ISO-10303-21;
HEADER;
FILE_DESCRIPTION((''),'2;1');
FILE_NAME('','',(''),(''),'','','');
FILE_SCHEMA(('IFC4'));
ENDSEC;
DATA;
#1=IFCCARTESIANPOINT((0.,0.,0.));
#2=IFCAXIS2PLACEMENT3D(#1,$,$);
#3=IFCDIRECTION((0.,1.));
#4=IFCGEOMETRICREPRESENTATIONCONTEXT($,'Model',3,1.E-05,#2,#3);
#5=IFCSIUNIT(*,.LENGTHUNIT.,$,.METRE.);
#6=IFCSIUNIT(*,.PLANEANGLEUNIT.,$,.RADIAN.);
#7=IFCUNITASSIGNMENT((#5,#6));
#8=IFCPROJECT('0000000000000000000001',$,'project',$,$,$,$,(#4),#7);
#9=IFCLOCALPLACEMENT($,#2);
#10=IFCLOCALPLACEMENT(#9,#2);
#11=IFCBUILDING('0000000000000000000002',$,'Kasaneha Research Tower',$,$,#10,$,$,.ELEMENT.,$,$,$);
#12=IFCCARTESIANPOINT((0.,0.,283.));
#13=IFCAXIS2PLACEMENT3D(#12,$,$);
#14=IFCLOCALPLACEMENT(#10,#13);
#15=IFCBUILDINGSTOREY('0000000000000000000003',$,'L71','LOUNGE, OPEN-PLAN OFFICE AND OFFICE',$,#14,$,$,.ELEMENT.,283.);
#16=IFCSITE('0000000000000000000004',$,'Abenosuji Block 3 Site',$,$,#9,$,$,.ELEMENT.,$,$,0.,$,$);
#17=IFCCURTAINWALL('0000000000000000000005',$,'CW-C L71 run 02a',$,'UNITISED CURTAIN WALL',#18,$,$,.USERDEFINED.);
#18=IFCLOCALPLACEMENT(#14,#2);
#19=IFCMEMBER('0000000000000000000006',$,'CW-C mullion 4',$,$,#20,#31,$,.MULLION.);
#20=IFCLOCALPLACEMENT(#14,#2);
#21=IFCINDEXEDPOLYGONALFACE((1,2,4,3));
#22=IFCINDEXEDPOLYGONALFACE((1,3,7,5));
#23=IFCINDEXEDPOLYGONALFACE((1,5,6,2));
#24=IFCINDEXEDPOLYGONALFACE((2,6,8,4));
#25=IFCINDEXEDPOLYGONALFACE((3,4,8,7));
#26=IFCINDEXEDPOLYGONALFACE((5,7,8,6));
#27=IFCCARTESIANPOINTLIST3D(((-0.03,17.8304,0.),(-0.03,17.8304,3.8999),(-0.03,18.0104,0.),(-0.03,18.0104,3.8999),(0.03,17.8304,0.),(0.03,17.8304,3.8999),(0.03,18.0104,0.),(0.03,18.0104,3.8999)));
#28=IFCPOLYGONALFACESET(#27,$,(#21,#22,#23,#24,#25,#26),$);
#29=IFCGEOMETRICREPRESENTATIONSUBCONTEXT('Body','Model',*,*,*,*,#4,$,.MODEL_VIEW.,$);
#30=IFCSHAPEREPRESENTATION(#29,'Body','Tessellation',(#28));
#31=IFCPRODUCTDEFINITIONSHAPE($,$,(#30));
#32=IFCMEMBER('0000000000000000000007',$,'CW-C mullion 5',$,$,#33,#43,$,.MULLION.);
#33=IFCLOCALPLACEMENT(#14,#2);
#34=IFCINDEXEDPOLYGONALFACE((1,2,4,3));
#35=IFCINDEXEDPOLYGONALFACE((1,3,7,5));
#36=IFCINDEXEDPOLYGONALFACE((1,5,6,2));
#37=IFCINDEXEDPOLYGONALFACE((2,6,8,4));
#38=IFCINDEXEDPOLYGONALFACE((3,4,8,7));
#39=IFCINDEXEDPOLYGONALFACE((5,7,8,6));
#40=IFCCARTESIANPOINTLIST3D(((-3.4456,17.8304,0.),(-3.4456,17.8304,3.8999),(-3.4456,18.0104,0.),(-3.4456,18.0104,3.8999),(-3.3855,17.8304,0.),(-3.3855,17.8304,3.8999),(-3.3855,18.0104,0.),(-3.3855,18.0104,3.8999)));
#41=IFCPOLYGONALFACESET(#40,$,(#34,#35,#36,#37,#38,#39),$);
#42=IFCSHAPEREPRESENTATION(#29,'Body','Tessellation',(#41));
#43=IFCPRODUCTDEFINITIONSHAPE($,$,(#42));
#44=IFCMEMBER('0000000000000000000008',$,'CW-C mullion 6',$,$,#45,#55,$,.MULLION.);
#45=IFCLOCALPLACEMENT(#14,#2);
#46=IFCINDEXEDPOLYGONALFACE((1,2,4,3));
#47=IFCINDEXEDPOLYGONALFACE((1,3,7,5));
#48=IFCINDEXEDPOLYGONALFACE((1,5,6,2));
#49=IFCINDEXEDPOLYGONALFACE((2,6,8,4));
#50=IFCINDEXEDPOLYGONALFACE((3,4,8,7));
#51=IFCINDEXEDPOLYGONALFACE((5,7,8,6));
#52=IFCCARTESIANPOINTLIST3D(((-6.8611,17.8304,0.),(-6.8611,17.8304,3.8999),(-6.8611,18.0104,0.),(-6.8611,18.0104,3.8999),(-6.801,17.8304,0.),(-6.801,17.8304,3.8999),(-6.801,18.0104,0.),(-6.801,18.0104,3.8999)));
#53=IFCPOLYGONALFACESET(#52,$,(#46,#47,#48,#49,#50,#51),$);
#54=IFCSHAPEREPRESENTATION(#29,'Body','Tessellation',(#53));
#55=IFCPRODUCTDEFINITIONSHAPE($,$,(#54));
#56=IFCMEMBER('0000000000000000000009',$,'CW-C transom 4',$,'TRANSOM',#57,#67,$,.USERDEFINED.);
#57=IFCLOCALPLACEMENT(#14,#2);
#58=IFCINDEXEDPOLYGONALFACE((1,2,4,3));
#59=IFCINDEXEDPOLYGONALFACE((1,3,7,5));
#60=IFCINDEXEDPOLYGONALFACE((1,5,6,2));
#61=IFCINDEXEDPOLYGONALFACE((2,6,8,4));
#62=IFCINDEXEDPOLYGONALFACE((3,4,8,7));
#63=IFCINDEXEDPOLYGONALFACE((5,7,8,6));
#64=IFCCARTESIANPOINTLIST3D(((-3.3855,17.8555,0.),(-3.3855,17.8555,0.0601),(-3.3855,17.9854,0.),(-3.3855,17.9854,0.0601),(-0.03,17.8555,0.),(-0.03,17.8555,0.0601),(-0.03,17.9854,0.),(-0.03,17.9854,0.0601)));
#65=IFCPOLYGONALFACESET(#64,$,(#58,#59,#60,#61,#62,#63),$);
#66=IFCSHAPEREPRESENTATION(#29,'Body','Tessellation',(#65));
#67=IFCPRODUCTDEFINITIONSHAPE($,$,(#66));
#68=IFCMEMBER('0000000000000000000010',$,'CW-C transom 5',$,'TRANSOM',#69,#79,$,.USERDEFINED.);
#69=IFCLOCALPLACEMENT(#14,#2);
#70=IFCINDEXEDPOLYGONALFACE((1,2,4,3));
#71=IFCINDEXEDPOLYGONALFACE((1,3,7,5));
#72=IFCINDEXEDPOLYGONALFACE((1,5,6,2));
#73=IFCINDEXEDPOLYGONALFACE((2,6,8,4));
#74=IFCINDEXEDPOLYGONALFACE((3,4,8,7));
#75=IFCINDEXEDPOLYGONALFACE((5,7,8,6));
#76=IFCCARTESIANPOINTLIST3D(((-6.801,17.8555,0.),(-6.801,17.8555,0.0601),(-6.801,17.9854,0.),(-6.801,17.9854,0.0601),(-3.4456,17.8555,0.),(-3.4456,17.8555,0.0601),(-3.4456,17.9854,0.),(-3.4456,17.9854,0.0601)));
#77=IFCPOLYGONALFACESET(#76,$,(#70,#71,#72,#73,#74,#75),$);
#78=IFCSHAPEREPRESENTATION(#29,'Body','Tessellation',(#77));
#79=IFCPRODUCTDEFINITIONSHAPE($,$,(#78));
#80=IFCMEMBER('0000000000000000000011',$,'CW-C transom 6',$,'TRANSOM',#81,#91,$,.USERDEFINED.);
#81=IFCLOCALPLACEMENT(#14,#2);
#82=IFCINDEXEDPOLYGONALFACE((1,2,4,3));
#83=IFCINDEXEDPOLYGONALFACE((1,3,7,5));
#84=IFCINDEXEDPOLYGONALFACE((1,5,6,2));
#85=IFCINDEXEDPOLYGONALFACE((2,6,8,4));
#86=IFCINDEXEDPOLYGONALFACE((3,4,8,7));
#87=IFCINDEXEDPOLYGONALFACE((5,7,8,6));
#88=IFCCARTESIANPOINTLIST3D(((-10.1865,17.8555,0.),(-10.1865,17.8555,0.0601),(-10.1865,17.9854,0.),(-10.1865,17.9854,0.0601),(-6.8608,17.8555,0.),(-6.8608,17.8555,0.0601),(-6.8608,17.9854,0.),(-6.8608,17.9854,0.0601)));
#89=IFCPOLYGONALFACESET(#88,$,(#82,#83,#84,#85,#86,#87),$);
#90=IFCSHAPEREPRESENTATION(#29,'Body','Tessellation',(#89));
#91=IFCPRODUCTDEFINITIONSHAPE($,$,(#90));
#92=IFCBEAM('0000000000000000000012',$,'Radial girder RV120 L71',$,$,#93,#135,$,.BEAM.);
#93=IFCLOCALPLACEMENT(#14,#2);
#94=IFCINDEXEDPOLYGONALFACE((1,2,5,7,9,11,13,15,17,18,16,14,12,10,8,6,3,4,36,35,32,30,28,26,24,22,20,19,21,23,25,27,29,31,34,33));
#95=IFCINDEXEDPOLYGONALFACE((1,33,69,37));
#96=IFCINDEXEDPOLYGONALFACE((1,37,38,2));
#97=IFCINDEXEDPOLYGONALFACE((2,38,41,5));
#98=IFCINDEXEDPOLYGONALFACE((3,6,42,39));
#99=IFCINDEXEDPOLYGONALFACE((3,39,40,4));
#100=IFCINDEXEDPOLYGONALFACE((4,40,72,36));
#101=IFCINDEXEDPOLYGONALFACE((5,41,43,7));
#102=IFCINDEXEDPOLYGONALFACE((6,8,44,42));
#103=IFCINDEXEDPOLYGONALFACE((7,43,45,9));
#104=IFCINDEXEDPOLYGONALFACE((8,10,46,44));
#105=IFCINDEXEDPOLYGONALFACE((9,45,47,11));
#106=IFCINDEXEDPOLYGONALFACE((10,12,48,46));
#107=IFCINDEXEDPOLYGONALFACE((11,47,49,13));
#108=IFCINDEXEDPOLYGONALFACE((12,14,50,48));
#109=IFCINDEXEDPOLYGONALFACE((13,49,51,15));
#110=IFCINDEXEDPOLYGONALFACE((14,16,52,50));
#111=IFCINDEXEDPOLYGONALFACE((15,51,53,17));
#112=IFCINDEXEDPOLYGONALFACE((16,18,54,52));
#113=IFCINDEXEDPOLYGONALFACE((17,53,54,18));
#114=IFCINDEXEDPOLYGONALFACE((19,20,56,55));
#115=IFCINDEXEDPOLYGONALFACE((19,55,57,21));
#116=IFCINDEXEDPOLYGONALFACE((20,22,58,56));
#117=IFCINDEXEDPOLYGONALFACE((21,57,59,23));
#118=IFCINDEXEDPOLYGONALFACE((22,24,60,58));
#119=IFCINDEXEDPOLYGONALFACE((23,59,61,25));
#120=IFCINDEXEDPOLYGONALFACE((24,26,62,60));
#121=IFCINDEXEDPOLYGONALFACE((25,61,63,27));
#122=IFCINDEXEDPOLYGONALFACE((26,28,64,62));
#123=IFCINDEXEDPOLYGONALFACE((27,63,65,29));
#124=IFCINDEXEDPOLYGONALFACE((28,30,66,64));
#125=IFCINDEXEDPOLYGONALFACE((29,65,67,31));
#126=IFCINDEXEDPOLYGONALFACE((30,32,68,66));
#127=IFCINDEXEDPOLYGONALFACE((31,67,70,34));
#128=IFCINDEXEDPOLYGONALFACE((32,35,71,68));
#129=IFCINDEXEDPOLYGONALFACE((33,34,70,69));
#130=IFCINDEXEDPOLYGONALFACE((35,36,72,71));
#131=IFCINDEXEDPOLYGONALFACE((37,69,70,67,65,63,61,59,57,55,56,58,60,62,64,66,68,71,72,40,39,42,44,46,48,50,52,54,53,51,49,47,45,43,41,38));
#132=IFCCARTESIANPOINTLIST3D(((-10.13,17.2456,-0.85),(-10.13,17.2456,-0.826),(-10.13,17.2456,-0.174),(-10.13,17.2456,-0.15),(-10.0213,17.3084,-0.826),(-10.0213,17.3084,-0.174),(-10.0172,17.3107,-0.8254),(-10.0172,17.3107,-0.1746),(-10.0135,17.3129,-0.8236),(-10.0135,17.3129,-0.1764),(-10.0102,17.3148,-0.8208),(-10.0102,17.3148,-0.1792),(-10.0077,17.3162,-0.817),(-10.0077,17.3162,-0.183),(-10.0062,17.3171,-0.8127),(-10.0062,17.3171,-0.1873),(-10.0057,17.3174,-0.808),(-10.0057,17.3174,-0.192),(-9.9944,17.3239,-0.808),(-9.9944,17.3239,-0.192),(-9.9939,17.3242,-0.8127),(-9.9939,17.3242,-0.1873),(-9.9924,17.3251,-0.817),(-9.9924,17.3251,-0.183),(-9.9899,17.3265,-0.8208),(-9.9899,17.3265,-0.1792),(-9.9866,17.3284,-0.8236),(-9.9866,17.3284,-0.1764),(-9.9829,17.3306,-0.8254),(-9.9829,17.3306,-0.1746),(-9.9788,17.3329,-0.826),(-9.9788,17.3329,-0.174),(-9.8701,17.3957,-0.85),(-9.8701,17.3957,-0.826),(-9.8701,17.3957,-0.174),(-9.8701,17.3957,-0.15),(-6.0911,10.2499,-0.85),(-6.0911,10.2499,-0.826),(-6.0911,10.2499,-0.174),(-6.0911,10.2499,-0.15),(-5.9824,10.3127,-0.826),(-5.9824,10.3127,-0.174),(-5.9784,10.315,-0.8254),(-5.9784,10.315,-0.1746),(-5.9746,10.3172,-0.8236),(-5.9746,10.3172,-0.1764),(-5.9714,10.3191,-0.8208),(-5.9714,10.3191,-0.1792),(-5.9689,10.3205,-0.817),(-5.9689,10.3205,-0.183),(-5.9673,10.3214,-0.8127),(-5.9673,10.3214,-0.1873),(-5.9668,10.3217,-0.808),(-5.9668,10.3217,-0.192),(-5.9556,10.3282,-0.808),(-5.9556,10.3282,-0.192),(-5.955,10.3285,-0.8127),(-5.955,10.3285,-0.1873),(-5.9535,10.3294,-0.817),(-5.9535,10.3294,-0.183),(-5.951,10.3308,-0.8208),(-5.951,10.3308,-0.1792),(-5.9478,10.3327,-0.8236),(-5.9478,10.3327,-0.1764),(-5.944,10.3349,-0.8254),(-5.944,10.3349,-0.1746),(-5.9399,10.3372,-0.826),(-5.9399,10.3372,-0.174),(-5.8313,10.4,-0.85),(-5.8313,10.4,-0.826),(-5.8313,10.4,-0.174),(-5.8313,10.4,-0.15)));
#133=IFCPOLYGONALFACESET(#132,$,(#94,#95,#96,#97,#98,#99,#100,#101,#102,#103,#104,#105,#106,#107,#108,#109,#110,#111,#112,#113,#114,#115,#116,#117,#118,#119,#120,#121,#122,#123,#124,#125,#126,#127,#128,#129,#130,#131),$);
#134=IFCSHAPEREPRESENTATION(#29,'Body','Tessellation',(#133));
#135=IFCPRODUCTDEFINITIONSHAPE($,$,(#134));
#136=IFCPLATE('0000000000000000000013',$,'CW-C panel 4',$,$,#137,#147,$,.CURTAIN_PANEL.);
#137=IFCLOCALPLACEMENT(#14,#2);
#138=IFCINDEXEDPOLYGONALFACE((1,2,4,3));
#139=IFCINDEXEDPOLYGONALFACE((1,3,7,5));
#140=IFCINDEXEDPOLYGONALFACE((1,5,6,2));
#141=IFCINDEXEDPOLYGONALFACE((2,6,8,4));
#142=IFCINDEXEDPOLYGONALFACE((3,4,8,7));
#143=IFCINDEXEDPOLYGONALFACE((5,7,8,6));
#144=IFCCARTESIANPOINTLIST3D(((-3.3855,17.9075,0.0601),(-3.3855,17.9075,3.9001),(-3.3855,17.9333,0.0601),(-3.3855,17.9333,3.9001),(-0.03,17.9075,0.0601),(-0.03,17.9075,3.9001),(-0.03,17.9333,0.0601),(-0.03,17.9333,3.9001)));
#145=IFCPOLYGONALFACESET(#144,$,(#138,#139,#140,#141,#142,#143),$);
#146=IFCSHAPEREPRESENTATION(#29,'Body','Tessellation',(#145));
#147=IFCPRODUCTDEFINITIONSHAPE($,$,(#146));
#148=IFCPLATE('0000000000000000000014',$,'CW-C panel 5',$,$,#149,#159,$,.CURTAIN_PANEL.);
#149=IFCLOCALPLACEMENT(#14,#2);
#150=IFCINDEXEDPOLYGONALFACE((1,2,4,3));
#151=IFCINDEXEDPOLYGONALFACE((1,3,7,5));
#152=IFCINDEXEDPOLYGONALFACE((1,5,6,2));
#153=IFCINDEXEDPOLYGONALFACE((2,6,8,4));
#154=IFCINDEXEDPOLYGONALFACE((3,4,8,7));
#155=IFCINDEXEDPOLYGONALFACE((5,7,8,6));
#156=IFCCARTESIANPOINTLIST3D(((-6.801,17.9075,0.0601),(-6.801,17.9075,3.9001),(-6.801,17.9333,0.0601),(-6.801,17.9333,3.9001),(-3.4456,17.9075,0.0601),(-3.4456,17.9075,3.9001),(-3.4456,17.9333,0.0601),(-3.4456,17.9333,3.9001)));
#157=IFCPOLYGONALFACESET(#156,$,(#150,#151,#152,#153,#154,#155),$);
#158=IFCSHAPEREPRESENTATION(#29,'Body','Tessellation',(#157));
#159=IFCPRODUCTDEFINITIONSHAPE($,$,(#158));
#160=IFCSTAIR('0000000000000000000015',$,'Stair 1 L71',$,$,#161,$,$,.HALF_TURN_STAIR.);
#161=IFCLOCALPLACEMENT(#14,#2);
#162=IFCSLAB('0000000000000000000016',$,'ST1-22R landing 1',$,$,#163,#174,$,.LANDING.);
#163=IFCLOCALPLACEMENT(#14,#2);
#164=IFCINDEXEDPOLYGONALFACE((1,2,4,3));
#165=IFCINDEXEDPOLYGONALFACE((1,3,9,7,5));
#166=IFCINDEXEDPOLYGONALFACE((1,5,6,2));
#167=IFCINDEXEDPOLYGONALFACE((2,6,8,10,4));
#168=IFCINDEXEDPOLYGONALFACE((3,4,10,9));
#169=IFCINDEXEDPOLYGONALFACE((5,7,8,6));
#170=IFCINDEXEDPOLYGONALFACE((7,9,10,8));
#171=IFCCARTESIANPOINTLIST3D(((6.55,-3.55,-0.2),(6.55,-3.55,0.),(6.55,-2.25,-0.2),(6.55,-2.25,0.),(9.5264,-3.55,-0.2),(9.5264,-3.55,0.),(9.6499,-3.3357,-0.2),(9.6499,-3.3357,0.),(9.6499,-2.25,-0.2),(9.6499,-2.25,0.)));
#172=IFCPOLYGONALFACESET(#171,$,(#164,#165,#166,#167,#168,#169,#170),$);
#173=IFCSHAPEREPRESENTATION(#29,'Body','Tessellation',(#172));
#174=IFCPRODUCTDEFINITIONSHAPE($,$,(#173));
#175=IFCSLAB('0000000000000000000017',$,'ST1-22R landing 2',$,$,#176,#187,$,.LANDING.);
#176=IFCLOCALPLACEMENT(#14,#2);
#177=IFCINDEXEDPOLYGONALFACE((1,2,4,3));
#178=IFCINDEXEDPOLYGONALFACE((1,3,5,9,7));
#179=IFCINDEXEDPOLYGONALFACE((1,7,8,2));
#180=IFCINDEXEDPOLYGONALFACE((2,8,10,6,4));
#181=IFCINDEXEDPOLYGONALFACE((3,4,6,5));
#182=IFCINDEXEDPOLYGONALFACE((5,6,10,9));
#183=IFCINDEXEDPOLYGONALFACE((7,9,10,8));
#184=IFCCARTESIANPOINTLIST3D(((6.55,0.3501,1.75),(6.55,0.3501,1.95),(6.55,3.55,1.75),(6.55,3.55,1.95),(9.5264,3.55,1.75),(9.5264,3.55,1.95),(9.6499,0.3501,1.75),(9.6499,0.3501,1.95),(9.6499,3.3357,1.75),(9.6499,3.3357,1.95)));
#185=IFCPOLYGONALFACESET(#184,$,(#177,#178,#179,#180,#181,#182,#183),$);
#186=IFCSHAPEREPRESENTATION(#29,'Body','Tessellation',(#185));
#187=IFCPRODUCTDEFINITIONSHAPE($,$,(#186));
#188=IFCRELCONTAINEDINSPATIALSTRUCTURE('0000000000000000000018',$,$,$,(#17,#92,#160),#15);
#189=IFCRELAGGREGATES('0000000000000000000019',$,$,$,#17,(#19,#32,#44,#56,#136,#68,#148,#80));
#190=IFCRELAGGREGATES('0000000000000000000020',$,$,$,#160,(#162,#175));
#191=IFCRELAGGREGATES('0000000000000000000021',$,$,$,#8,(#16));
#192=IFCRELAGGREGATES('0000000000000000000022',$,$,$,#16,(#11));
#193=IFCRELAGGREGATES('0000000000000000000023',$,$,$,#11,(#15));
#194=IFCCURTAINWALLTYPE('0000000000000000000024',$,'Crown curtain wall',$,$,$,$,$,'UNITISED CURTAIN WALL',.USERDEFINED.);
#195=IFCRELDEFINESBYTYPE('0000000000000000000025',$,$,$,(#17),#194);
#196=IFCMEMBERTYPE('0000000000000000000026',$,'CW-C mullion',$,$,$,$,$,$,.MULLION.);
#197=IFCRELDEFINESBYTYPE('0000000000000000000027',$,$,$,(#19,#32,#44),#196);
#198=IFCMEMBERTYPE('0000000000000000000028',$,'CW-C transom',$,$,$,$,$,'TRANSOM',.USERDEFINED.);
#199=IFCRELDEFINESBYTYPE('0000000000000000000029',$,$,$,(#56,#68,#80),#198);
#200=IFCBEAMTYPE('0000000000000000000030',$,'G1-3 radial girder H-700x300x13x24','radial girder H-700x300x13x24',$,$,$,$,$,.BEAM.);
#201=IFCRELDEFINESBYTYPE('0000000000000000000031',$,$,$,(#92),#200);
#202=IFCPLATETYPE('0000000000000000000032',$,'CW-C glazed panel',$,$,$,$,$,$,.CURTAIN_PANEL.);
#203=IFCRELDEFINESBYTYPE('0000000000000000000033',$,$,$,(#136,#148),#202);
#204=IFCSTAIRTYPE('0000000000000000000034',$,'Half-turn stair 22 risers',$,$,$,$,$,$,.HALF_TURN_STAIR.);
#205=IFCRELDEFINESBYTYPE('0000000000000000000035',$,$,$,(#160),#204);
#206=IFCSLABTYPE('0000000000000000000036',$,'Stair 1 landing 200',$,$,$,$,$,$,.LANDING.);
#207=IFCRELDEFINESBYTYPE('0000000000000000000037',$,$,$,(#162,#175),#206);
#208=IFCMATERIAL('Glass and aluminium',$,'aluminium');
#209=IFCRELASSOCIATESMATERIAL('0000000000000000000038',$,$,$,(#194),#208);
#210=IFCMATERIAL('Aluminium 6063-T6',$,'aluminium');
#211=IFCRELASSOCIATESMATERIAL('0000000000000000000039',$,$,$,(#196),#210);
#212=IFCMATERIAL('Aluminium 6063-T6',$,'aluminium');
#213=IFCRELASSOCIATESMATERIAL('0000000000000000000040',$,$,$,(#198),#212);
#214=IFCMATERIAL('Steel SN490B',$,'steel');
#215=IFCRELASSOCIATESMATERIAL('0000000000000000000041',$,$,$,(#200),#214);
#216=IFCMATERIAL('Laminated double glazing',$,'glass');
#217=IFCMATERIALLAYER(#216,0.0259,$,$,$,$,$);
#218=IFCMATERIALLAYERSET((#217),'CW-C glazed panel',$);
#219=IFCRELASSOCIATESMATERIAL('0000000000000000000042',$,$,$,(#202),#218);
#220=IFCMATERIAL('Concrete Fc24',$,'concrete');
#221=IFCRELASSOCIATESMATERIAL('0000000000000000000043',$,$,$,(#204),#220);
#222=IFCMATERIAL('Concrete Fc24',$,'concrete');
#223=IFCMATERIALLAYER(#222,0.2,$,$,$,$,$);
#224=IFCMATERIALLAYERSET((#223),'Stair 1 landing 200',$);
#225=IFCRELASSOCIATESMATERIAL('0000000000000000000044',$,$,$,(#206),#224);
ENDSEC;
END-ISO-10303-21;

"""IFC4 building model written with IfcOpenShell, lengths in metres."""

from ifc_helpers import new_model, si_unit, direction, frame, origin, origin_2d, place, context, subcontext, project, spatial, polyline, rectangle, i_section, outline, extrude, material, layer, layer_set, material_profile, profile_set, type_object, element, aggregate, save


model = new_model("IFC4")

# Units and contexts
model_context = context("Model", 3, precision=1e-05, world=origin(), true_north=direction((0.0, 1.0)))
body_context = subcontext(model_context, "Body", "Model", "MODEL_VIEW")
ifc_project = project(units=[si_unit("LENGTHUNIT", "METRE"), si_unit("PLANEANGLEUNIT", "RADIAN")], contexts=[model_context])

# Site, building, storey
site_placement = place(None, origin())
site = spatial("IfcSite", under=ifc_project, at=site_placement, Name="Abenosuji Block 3 Site", CompositionType="ELEMENT", RefElevation=0.0)
building_placement = place(site_placement, origin())
building = spatial("IfcBuilding", under=site, at=building_placement, Name="Kasaneha Research Tower", CompositionType="ELEMENT")
storey_placement = place(building_placement, frame((0.0, 0.0, 283.0)))
storey = spatial("IfcBuildingStorey", under=building, at=storey_placement, Name="L71", Description="LOUNGE, OPEN-PLAN OFFICE AND OFFICE", CompositionType="ELEMENT", Elevation=283.0)

# Curtain wall, members
ifc_material_1 = material(Name="Glass and aluminium", Category="aluminium")
curtain_wall_type = type_object("IfcCurtainWallType", Name="Crown curtain wall", ElementType="UNITISED CURTAIN WALL", PredefinedType="USERDEFINED", material=ifc_material_1)
curtain_wall_placement = place(storey_placement, origin())
curtain_wall = element("IfcCurtainWall", 1, at=curtain_wall_placement, inside=storey, type_object=curtain_wall_type, Name="CW-C L71 run 02a", ObjectType="UNITISED CURTAIN WALL", PredefinedType="USERDEFINED")
ifc_material_2 = material(Name="Aluminium 6063-T6", Category="aluminium")
ifc_material_profile_1 = material_profile(ifc_material_2, rectangle(XDim=0.0601, YDim=0.1799, at=origin_2d()), Name="CW-C mullion 60x180")
ifc_profile_set_1 = profile_set([ifc_material_profile_1], Name="Aluminium 6063-T6")
member_type_1 = type_object("IfcMemberType", Name="CW-C mullion", PredefinedType="MULLION", material=ifc_profile_set_1)
member_1_placement = place(storey_placement, frame((0.0, 17.9204, 0.0), z_axis=(0.0, 0.0, 1.0), x_axis=(-1.0, 0.0, 0.0)))
member_1 = element("IfcMember", 2, at=member_1_placement, type_object=member_type_1, Name="CW-C mullion 4", PredefinedType="MULLION", context=body_context, shape_type="SweptSolid", body=[
    extrude(rectangle(XDim=0.0601, YDim=0.1799, at=origin_2d()), origin(), (0.0, 0.0, 1.0), 3.8999),
])
member_2_placement = place(storey_placement, frame((-3.4155, 17.9204, 0.0), z_axis=(0.0, 0.0, 1.0), x_axis=(-1.0, 0.0, 0.0)))
member_2 = element("IfcMember", 3, at=member_2_placement, type_object=member_type_1, Name="CW-C mullion 5", PredefinedType="MULLION", context=body_context, shape_type="SweptSolid", body=[
    extrude(rectangle(XDim=0.0601, YDim=0.1799, at=origin_2d()), origin(), (0.0, 0.0, 1.0), 3.8999),
])
member_3_placement = place(storey_placement, frame((-6.8311, 17.9204, 0.0), z_axis=(0.0, 0.0, 1.0), x_axis=(-1.0, 0.0, 0.0)))
member_3 = element("IfcMember", 4, at=member_3_placement, type_object=member_type_1, Name="CW-C mullion 6", PredefinedType="MULLION", context=body_context, shape_type="SweptSolid", body=[
    extrude(rectangle(XDim=0.0601, YDim=0.1799, at=origin_2d()), origin(), (0.0, 0.0, 1.0), 3.8999),
])
ifc_material_3 = material(Name="Aluminium 6063-T6", Category="aluminium")
ifc_material_profile_2 = material_profile(ifc_material_3, rectangle(XDim=0.1299, YDim=0.0601, at=origin_2d()), Name="CW-C transom 130x60")
ifc_profile_set_2 = profile_set([ifc_material_profile_2], Name="Aluminium 6063-T6")
member_type_2 = type_object("IfcMemberType", Name="CW-C transom", ElementType="TRANSOM", PredefinedType="USERDEFINED", material=ifc_profile_set_2)
member_4_placement = place(storey_placement, frame((-0.03, 17.9204, 0.03), z_axis=(-1.0, 0.0, 0.0), x_axis=(0.0, -1.0, 0.0)))
member_4 = element("IfcMember", 5, at=member_4_placement, type_object=member_type_2, Name="CW-C transom 4", ObjectType="TRANSOM", PredefinedType="USERDEFINED", context=body_context, shape_type="SweptSolid", body=[
    extrude(rectangle(XDim=0.1299, YDim=0.0601, at=origin_2d()), origin(), (0.0, 0.0, 1.0), 3.3555),
])
member_5_placement = place(storey_placement, frame((-3.4456, 17.9204, 0.03), z_axis=(-1.0, 0.0, 0.0), x_axis=(0.0, -1.0, 0.0)))
member_5 = element("IfcMember", 6, at=member_5_placement, type_object=member_type_2, Name="CW-C transom 5", ObjectType="TRANSOM", PredefinedType="USERDEFINED", context=body_context, shape_type="SweptSolid", body=[
    extrude(rectangle(XDim=0.1299, YDim=0.0601, at=origin_2d()), origin(), (0.0, 0.0, 1.0), 3.3555),
])
member_6_placement = place(storey_placement, frame((-6.8608, 17.9204, 0.03), z_axis=(-1.0, 0.0, 0.0), x_axis=(0.0, -1.0, 0.0)))
member_6 = element("IfcMember", 7, at=member_6_placement, type_object=member_type_2, Name="CW-C transom 6", ObjectType="TRANSOM", PredefinedType="USERDEFINED", context=body_context, shape_type="SweptSolid", body=[
    extrude(rectangle(XDim=0.1299, YDim=0.0601, at=origin_2d()), origin(), (0.0, 0.0, 1.0), 3.3257),
])

# Beam
ifc_material_4 = material(Name="Steel SN490B", Category="steel")
ifc_material_profile_3 = material_profile(ifc_material_4, i_section(OverallWidth=0.3, OverallDepth=0.7, WebThickness=0.0129, FlangeThickness=0.0239, FilletRadius=0.0181, at=origin_2d()), Name="H-700x300x13x24")
ifc_profile_set_3 = profile_set([ifc_material_profile_3], Name="Steel SN490B")
beam_type = type_object("IfcBeamType", Name="G1-3 radial girder H-700x300x13x24", Description="radial girder H-700x300x13x24", PredefinedType="BEAM", material=ifc_profile_set_3)
beam_placement = place(storey_placement, frame((-5.9612, 10.325, -0.5), z_axis=(-0.499991, 0.866031, 0.0), x_axis=(-0.866031, -0.499991, 0.0)))
element("IfcBeam", 8, at=beam_placement, inside=storey, type_object=beam_type, Name="Radial girder RV120 L71", PredefinedType="BEAM", context=body_context, shape_type="SweptSolid", body=[
    extrude(i_section(OverallWidth=0.3, OverallDepth=0.7, WebThickness=0.0129, FlangeThickness=0.0239, FilletRadius=0.0181, at=origin_2d()), origin(), (0.0, 0.0, 1.0), 8.0779),
])

# Plates
ifc_material_5 = material(Name="Laminated double glazing", Category="glass")
ifc_layer_1 = layer(ifc_material_5, 0.0259)
ifc_layer_set_1 = layer_set([ifc_layer_1], Name="CW-C glazed panel")
plate_type = type_object("IfcPlateType", Name="CW-C glazed panel", PredefinedType="CURTAIN_PANEL", material=ifc_layer_set_1)
plate_1_placement = place(storey_placement, frame((-1.7078, 17.9204, 0.0601), z_axis=(0.0, 0.0, 1.0), x_axis=(-1.0, 0.0, 0.0)))
plate_1 = element("IfcPlate", 9, at=plate_1_placement, type_object=plate_type, Name="CW-C panel 4", PredefinedType="CURTAIN_PANEL", context=body_context, shape_type="SweptSolid", body=[
    extrude(rectangle(XDim=3.3555, YDim=0.0259, at=origin_2d()), origin(), (0.0, 0.0, 1.0), 3.8401),
])
plate_2_placement = place(storey_placement, frame((-5.1233, 17.9204, 0.0601), z_axis=(0.0, 0.0, 1.0), x_axis=(-1.0, 0.0, 0.0)))
plate_2 = element("IfcPlate", 10, at=plate_2_placement, type_object=plate_type, Name="CW-C panel 5", PredefinedType="CURTAIN_PANEL", context=body_context, shape_type="SweptSolid", body=[
    extrude(rectangle(XDim=3.3555, YDim=0.0259, at=origin_2d()), origin(), (0.0, 0.0, 1.0), 3.8401),
])
aggregate(curtain_wall, [member_1, member_2, member_3, member_4, plate_1, member_5, plate_2, member_6])

# Stair, slabs
ifc_material_6 = material(Name="Concrete Fc24", Category="concrete")
stair_type = type_object("IfcStairType", Name="Half-turn stair 22 risers", PredefinedType="HALF_TURN_STAIR", material=ifc_material_6)
stair_placement = place(storey_placement, origin())
stair = element("IfcStair", 11, at=stair_placement, inside=storey, type_object=stair_type, Name="Stair 1 L71", PredefinedType="HALF_TURN_STAIR")
ifc_material_7 = material(Name="Concrete Fc24", Category="concrete")
ifc_layer_2 = layer(ifc_material_7, 0.2)
ifc_layer_set_2 = layer_set([ifc_layer_2], Name="Stair 1 landing 200")
slab_type = type_object("IfcSlabType", Name="Stair 1 landing 200", PredefinedType="LANDING", material=ifc_layer_set_2)
slab_1_placement = place(storey_placement, frame((0.0, 0.0, -0.2)))
slab_1 = element("IfcSlab", 12, at=slab_1_placement, type_object=slab_type, Name="ST1-22R landing 1", PredefinedType="LANDING", context=body_context, shape_type="SweptSolid", body=[
    extrude(outline(polyline([(9.5264, -3.55), (6.55, -3.55), (6.55, -2.25), (9.6499, -2.25), (9.6499, -3.3357), (9.5264, -3.55)])), origin(), (0.0, 0.0, 1.0), 0.2),
])
slab_2_placement = place(storey_placement, frame((0.0, 0.0, 1.75)))
slab_2 = element("IfcSlab", 13, at=slab_2_placement, type_object=slab_type, Name="ST1-22R landing 2", PredefinedType="LANDING", context=body_context, shape_type="SweptSolid", body=[
    extrude(outline(polyline([(6.55, 3.55), (9.5264, 3.55), (9.6499, 3.3357), (9.6499, 0.3501), (6.55, 0.3501), (6.55, 3.55)])), origin(), (0.0, 0.0, 1.0), 0.2),
])
aggregate(stair, [slab_1, slab_2])

save(model, "model.ifc")
